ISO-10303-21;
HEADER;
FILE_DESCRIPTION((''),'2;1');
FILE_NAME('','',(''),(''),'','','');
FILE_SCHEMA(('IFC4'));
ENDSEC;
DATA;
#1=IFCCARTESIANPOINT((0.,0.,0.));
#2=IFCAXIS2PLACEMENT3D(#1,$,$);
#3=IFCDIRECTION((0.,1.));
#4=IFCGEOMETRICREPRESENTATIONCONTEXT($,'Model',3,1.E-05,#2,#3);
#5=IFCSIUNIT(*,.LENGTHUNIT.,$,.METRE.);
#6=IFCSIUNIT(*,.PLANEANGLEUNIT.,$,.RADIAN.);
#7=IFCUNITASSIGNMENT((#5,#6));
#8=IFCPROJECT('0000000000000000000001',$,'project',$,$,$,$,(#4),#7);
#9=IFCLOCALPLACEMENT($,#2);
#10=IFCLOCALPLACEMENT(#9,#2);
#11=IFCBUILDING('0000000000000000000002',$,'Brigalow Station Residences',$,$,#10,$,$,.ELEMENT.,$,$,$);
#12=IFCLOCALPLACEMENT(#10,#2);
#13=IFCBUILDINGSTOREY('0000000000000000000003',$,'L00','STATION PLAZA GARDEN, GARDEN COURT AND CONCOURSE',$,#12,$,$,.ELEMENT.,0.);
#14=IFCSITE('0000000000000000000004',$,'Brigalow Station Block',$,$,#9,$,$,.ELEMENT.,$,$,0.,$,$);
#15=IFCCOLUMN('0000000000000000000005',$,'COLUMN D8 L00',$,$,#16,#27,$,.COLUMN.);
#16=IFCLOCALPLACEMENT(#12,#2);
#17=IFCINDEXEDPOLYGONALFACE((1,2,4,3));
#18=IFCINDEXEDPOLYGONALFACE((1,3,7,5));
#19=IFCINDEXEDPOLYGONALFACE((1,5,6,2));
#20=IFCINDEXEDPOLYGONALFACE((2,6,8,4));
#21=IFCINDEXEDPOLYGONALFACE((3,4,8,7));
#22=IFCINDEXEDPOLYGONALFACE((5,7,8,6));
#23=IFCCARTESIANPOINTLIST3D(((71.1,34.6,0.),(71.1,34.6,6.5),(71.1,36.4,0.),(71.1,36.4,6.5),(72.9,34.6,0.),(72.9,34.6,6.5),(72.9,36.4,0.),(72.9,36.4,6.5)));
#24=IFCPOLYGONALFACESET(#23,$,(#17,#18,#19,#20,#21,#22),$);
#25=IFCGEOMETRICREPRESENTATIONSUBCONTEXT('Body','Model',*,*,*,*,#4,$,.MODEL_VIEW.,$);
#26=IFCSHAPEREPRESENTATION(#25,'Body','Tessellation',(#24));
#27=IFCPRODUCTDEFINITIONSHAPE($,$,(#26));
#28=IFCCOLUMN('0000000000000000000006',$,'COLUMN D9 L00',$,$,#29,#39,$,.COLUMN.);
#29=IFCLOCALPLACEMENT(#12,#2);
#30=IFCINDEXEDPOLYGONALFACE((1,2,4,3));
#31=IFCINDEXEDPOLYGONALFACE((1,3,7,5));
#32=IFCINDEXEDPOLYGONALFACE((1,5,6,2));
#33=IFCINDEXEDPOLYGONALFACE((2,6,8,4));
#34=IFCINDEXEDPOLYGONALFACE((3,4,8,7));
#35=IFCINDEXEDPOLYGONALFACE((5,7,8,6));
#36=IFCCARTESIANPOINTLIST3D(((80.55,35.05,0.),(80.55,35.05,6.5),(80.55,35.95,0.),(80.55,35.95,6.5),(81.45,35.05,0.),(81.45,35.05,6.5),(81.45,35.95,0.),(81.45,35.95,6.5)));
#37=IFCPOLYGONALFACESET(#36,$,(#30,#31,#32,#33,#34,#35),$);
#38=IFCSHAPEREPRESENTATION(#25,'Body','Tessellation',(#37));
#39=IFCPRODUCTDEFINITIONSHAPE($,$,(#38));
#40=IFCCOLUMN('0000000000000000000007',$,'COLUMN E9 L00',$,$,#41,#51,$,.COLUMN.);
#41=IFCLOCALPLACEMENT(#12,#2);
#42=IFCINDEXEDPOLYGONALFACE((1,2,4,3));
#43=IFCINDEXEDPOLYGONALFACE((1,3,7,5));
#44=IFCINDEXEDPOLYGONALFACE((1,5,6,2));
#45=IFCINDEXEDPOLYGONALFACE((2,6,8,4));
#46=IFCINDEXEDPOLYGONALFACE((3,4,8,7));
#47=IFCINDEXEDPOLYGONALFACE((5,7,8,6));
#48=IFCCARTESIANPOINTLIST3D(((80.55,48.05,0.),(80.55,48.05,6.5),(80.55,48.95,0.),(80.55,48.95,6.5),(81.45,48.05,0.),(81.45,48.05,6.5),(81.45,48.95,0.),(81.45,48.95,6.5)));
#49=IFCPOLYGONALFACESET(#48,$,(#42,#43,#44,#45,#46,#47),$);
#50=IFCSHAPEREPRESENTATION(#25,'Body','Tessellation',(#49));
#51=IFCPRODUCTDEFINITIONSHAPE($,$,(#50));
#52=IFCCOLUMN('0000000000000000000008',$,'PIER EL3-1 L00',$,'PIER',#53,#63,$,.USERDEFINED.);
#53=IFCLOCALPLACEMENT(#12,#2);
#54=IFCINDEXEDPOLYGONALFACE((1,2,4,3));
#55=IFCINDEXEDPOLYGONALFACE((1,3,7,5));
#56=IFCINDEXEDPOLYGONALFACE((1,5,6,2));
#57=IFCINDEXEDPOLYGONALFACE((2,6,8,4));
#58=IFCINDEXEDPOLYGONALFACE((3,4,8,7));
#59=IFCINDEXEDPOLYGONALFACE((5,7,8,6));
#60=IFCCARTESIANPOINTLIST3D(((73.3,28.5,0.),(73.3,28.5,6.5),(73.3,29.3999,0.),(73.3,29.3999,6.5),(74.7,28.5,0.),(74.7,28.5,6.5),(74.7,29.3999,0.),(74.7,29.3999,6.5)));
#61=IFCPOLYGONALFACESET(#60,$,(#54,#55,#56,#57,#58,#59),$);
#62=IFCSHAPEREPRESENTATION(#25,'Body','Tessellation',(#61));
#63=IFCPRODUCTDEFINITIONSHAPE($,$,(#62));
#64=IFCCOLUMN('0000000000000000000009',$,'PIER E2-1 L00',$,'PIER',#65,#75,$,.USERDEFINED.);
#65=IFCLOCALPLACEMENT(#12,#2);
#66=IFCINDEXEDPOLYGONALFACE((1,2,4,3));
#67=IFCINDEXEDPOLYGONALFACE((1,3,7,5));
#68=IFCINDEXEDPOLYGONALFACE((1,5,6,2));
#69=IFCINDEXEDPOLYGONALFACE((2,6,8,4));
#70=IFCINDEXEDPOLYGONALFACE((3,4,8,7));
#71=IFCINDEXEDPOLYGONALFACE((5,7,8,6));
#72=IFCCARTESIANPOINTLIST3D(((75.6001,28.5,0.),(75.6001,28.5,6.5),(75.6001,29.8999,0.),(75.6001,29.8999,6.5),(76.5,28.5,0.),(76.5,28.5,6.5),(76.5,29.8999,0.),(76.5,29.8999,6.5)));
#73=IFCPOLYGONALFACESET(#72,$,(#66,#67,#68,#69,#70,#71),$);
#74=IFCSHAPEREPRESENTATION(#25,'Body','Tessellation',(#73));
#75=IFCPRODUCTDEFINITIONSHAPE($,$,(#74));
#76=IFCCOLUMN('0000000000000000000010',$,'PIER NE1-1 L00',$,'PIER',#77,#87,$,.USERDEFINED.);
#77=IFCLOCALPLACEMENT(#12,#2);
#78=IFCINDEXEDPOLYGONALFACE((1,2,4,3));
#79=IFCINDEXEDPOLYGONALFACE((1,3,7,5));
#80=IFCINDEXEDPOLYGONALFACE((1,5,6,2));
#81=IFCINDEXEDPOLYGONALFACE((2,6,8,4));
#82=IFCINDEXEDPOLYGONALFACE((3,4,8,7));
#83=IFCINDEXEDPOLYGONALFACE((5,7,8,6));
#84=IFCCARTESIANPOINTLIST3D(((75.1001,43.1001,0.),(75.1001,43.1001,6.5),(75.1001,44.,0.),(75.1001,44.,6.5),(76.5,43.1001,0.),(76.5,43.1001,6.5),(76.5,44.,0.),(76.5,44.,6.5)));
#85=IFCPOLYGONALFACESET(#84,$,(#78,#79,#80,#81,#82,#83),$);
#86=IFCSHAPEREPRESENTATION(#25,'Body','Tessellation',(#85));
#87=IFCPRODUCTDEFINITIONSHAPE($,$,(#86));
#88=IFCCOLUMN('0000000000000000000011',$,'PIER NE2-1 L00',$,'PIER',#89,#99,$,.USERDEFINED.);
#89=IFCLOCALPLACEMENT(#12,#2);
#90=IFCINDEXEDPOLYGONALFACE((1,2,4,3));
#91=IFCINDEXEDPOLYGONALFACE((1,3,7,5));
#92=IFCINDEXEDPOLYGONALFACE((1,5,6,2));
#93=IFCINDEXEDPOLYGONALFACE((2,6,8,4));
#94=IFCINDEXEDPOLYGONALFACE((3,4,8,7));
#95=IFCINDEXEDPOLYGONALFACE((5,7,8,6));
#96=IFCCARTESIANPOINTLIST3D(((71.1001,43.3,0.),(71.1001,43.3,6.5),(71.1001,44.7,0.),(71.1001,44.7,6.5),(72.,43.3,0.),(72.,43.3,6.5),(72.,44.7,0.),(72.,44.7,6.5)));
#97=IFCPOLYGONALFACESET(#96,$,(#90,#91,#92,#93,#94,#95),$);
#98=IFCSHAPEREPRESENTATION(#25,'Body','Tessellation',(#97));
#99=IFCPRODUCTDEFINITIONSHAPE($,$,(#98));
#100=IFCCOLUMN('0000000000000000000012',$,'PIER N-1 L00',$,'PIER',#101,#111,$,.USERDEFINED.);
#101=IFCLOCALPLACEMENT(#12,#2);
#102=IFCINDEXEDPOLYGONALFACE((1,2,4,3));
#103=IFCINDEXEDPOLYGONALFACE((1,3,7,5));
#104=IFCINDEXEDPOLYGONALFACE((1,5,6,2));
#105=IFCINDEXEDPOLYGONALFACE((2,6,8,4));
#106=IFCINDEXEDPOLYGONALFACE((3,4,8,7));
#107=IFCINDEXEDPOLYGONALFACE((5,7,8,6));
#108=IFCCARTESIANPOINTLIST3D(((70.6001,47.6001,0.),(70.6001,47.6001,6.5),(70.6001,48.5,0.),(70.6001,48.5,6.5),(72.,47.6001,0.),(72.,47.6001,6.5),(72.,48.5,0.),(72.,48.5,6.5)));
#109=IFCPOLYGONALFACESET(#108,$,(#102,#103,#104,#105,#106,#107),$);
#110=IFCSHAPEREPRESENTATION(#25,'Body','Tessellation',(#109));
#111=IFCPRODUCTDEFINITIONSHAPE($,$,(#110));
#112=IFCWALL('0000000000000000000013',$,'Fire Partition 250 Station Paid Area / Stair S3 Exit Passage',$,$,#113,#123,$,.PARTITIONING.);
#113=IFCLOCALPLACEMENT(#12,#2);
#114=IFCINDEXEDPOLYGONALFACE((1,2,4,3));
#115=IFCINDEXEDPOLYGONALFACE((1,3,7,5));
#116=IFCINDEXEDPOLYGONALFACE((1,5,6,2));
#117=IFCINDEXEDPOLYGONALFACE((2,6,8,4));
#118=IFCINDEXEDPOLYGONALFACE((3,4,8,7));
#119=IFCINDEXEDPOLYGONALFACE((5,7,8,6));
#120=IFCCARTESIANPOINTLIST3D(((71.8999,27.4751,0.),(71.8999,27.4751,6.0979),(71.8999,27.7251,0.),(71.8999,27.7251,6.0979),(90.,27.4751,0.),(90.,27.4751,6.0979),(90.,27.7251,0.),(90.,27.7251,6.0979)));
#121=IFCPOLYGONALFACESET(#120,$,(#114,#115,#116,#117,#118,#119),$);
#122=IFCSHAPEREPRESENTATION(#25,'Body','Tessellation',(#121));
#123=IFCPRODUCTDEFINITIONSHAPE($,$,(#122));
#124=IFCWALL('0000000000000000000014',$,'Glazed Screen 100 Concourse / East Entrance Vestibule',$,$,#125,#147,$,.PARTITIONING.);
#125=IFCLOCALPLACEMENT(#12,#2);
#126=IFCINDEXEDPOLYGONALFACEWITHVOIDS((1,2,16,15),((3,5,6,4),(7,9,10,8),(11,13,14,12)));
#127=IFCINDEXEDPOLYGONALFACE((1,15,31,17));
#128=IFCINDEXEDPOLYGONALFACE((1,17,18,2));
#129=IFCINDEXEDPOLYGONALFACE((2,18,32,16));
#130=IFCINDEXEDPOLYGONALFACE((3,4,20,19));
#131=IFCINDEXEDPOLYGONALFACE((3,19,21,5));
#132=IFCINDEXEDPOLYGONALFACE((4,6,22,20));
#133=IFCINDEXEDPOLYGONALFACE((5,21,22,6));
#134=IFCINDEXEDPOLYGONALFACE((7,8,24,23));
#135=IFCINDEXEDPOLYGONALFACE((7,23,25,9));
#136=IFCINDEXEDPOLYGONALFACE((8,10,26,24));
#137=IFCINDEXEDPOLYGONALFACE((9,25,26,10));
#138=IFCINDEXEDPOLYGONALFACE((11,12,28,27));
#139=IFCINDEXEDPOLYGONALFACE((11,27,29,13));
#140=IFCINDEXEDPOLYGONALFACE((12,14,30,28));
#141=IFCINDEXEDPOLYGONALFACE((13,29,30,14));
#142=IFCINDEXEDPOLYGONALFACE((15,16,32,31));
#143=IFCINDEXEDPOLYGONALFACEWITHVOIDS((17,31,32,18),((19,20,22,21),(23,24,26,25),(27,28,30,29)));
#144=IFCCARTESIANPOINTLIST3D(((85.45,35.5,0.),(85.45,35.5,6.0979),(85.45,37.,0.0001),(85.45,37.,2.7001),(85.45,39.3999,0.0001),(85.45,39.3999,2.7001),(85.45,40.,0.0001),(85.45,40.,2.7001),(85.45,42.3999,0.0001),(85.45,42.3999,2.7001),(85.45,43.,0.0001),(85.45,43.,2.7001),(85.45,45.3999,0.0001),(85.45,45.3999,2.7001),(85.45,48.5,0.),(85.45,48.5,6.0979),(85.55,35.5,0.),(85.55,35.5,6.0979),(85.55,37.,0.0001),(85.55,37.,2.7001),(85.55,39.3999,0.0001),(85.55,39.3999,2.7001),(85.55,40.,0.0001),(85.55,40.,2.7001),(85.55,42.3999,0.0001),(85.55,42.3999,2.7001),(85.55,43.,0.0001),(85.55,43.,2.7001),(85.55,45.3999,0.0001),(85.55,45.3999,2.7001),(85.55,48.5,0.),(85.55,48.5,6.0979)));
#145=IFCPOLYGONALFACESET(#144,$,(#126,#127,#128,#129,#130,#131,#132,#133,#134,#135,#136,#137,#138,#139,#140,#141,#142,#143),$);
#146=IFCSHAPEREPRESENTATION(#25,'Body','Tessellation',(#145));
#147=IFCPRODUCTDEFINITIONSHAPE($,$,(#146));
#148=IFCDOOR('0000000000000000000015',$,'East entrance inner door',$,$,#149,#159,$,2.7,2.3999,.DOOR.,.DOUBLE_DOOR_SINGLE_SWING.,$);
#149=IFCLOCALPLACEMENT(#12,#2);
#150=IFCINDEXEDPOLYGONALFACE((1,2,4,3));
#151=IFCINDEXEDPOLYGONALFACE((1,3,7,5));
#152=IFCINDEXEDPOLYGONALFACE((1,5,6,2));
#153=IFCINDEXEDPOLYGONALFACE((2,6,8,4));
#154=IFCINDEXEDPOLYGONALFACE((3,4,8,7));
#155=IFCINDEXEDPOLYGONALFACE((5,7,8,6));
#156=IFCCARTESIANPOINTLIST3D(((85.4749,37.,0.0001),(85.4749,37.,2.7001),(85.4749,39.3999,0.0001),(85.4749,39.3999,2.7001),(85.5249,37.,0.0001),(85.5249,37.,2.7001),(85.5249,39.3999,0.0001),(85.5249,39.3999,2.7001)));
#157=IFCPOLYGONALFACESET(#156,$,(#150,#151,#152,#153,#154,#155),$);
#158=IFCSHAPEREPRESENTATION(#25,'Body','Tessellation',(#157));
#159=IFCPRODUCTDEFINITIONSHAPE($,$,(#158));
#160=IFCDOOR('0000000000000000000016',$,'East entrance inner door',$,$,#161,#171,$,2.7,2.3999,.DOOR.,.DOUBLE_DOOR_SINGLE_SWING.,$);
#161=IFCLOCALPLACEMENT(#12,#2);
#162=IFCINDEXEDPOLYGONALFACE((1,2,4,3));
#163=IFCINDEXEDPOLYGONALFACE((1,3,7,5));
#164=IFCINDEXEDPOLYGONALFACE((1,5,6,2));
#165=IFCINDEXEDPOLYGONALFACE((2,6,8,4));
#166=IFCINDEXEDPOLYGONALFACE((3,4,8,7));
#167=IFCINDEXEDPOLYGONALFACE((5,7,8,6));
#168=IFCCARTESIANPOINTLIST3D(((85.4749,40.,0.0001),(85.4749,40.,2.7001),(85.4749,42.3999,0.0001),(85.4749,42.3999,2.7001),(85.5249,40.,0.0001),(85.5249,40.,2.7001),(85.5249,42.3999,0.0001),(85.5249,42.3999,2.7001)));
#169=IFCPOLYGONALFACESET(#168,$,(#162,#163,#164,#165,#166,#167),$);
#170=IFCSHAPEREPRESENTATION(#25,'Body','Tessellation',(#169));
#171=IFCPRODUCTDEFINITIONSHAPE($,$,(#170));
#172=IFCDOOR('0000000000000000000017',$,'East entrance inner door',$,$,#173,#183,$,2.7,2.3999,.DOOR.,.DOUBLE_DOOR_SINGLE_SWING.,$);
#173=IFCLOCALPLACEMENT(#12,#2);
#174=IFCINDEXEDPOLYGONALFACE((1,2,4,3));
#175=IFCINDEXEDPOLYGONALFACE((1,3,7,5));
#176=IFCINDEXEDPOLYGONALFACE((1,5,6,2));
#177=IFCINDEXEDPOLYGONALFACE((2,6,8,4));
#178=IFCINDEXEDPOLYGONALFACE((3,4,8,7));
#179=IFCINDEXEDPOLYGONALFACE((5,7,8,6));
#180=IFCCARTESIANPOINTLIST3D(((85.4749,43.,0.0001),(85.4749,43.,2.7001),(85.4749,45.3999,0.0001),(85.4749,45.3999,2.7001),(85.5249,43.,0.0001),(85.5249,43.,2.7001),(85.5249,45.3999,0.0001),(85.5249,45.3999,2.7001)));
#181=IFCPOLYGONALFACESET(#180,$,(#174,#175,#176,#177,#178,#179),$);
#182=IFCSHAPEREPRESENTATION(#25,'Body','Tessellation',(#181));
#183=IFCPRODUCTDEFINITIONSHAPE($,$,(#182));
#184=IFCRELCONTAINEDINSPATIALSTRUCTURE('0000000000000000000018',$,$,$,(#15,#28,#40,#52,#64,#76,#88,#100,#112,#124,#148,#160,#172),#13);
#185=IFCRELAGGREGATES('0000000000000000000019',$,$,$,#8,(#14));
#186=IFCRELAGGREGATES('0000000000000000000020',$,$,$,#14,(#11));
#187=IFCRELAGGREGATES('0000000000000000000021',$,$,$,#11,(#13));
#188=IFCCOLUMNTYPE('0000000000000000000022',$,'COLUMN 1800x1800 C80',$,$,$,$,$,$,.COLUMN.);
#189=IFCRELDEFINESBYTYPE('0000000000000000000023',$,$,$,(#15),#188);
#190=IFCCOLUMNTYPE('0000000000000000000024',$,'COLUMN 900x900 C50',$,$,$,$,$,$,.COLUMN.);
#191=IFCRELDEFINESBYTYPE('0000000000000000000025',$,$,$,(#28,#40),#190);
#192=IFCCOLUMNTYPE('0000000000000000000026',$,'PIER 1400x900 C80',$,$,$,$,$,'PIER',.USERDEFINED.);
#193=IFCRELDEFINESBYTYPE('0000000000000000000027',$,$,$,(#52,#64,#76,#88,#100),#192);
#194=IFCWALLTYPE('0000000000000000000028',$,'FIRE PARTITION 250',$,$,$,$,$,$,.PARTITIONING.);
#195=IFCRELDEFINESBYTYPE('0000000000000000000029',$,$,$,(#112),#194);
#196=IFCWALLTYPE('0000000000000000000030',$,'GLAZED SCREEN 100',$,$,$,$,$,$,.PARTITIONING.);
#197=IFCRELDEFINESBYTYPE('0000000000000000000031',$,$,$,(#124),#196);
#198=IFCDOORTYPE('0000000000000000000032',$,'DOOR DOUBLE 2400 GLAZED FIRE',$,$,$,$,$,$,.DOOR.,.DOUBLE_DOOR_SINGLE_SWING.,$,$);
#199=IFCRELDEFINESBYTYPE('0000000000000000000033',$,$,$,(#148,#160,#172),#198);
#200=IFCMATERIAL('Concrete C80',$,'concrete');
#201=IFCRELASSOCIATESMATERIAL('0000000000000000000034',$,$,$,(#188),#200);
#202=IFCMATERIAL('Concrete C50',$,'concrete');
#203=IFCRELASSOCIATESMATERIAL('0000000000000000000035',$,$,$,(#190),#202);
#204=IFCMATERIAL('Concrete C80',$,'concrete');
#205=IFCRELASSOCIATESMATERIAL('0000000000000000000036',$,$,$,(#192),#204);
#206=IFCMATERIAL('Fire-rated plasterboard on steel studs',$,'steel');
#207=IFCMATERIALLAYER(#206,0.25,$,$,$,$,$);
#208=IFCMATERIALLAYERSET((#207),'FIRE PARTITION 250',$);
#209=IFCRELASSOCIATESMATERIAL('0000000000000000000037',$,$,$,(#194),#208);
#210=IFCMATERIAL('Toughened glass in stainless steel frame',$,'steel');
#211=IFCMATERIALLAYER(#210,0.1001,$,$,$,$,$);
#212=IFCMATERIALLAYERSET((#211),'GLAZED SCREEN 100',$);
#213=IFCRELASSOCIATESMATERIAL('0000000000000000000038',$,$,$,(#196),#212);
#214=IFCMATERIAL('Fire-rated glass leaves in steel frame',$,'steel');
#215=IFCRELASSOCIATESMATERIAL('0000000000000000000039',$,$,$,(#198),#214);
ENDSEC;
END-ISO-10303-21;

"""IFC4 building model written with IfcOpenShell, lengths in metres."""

from ifc_helpers import new_model, si_unit, direction, frame, frame_2d, origin, origin_2d, place, context, subcontext, project, spatial, rectangle, extrude, material, layer, layer_set, material_profile, profile_set, type_object, element, fill, save


model = new_model("IFC4")

# Units and contexts
model_context = context("Model", 3, precision=1e-05, world=origin(), true_north=direction((0.0, 1.0)))
body_context = subcontext(model_context, "Body", "Model", "MODEL_VIEW")
ifc_project = project(units=[si_unit("LENGTHUNIT", "METRE"), si_unit("PLANEANGLEUNIT", "RADIAN")], contexts=[model_context])

# Site, building, storey
site_placement = place(None, origin())
site = spatial("IfcSite", under=ifc_project, at=site_placement, Name="Brigalow Station Block", CompositionType="ELEMENT", RefElevation=0.0)
building_placement = place(site_placement, origin())
building = spatial("IfcBuilding", under=site, at=building_placement, Name="Brigalow Station Residences", CompositionType="ELEMENT")
storey_placement = place(building_placement, origin())
storey = spatial("IfcBuildingStorey", under=building, at=storey_placement, Name="L00", Description="STATION PLAZA GARDEN, GARDEN COURT AND CONCOURSE", CompositionType="ELEMENT", Elevation=0.0)

# Columns
ifc_material_1 = material(Name="Concrete C80", Category="concrete")
ifc_material_profile_1 = material_profile(ifc_material_1, rectangle(XDim=1.8, YDim=1.8, at=origin_2d()), Name="RC1800x1800")
ifc_profile_set_1 = profile_set([ifc_material_profile_1], Name="Concrete C80")
column_type_1 = type_object("IfcColumnType", Name="COLUMN 1800x1800 C80", PredefinedType="COLUMN", material=ifc_profile_set_1)
column_placement = place(storey_placement, frame((72.0, 35.5, 0.0), z_axis=(0.0, 0.0, 1.0), x_axis=(1.0, 0.0, 0.0)))
element("IfcColumn", 1, at=column_placement, inside=storey, type_object=column_type_1, Name="COLUMN D8 L00", PredefinedType="COLUMN", context=body_context, shape_type="SweptSolid", body=[
    extrude(rectangle(XDim=1.8, YDim=1.8, at=origin_2d()), origin(), (0.0, 0.0, 1.0), 6.5),
])
ifc_material_2 = material(Name="Concrete C50", Category="concrete")
ifc_material_profile_2 = material_profile(ifc_material_2, rectangle(XDim=0.8999, YDim=0.8999, at=origin_2d()), Name="RC900x900")
ifc_profile_set_2 = profile_set([ifc_material_profile_2], Name="Concrete C50")
column_type_2 = type_object("IfcColumnType", Name="COLUMN 900x900 C50", PredefinedType="COLUMN", material=ifc_profile_set_2)
for number, where, z_axis, x_axis, name in (
    (2, (81.0, 35.5, 0.0), (0.0, 0.0, 1.0), (1.0, 0.0, 0.0), "COLUMN D9 L00"),
    (3, (81.0, 48.5, 0.0), (0.0, 0.0, 1.0), (1.0, 0.0, 0.0), "COLUMN E9 L00"),
):
    element("IfcColumn", number, at=place(storey_placement, frame(where, z_axis=z_axis, x_axis=x_axis)), inside=storey, type_object=column_type_2, Name=name, PredefinedType="COLUMN", context=body_context, shape_type="SweptSolid", body=[
        extrude(rectangle(XDim=0.8999, YDim=0.8999, at=origin_2d()), origin(), (0.0, 0.0, 1.0), 6.5),
    ])
ifc_material_3 = material(Name="Concrete C80", Category="concrete")
ifc_material_profile_3 = material_profile(ifc_material_3, rectangle(XDim=1.3999, YDim=0.8999, at=origin_2d()), Name="RC1400x900")
ifc_profile_set_3 = profile_set([ifc_material_profile_3], Name="Concrete C80")
column_type_3 = type_object("IfcColumnType", Name="PIER 1400x900 C80", ElementType="PIER", PredefinedType="USERDEFINED", material=ifc_profile_set_3)
for number, where, z_axis, x_axis, name in (
    (4, (74.0, 28.95, 0.0), (0.0, 0.0, 1.0), (1.0, 0.0, 0.0), "PIER EL3-1 L00"),
    (5, (76.05, 29.2, 0.0), (0.0, 0.0, 1.0), (0.0, 1.0, 0.0), "PIER E2-1 L00"),
    (6, (75.8, 43.55, 0.0), (0.0, 0.0, 1.0), (-1.0, 0.0, 0.0), "PIER NE1-1 L00"),
    (7, (71.55, 44.0, 0.0), (0.0, 0.0, 1.0), (0.0, 1.0, 0.0), "PIER NE2-1 L00"),
    (8, (71.3, 48.05, 0.0), (0.0, 0.0, 1.0), (-1.0, 0.0, 0.0), "PIER N-1 L00"),
):
    element("IfcColumn", number, at=place(storey_placement, frame(where, z_axis=z_axis, x_axis=x_axis)), inside=storey, type_object=column_type_3, Name=name, ObjectType="PIER", PredefinedType="USERDEFINED", context=body_context, shape_type="SweptSolid", body=[
        extrude(rectangle(XDim=1.3999, YDim=0.8999, at=origin_2d()), origin(), (0.0, 0.0, 1.0), 6.5),
    ])

# Wall
ifc_material_4 = material(Name="Fire-rated plasterboard on steel studs", Category="steel")
ifc_layer_1 = layer(ifc_material_4, 0.25)
ifc_layer_set_1 = layer_set([ifc_layer_1], Name="FIRE PARTITION 250")
wall_type_1 = type_object("IfcWallType", Name="FIRE PARTITION 250", PredefinedType="PARTITIONING", material=ifc_layer_set_1)
wall_1_placement = place(storey_placement, frame((71.8999, 27.6001, 0.0), z_axis=(0.0, 0.0, 1.0), x_axis=(1.0, 0.0, 0.0)))
element("IfcWall", 9, at=wall_1_placement, inside=storey, type_object=wall_type_1, Name="Fire Partition 250 Station Paid Area / Stair S3 Exit Passage", PredefinedType="PARTITIONING", context=body_context, shape_type="SweptSolid", body=[
    extrude(rectangle(XDim=18.1001, YDim=0.25, at=frame_2d((9.05, 0.0))), origin(), (0.0, 0.0, 1.0), 6.0979),
])

# Wall, openings, doors
ifc_material_5 = material(Name="Toughened glass in stainless steel frame", Category="steel")
ifc_layer_2 = layer(ifc_material_5, 0.1001)
ifc_layer_set_2 = layer_set([ifc_layer_2], Name="GLAZED SCREEN 100")
wall_type_2 = type_object("IfcWallType", Name="GLAZED SCREEN 100", PredefinedType="PARTITIONING", material=ifc_layer_set_2)
wall_2_placement = place(storey_placement, frame((85.5, 35.5, 0.0), z_axis=(0.0, 0.0, 1.0), x_axis=(0.0, 1.0, 0.0)))
wall_2 = element("IfcWall", 10, at=wall_2_placement, inside=storey, type_object=wall_type_2, Name="Glazed Screen 100 Concourse / East Entrance Vestibule", PredefinedType="PARTITIONING", context=body_context, shape_type="SweptSolid", body=[
    extrude(rectangle(XDim=13.0, YDim=0.1001, at=frame_2d((6.5, 0.0))), origin(), (0.0, 0.0, 1.0), 6.0979),
])
opening_1_placement = place(wall_2_placement, frame((1.5, 0.0, 0.0)))
opening_1 = element("IfcOpeningElement", 11, at=opening_1_placement, cuts=wall_2, PredefinedType="OPENING", context=body_context, shape_type="SweptSolid", body=[
    extrude(rectangle(XDim=2.3999, YDim=2.7, at=frame_2d((1.2, 1.3501))), frame((0.0, 0.0601, 0.0), z_axis=(0.0, -1.0, 0.0), x_axis=(1.0, 0.0, 0.0)), (0.0, 0.0, 1.0), 0.1201),
])
opening_2_placement = place(wall_2_placement, frame((4.5, 0.0, 0.0)))
opening_2 = element("IfcOpeningElement", 12, at=opening_2_placement, cuts=wall_2, PredefinedType="OPENING", context=body_context, shape_type="SweptSolid", body=[
    extrude(rectangle(XDim=2.3999, YDim=2.7, at=frame_2d((1.2, 1.3501))), frame((0.0, 0.0601, 0.0), z_axis=(0.0, -1.0, 0.0), x_axis=(1.0, 0.0, 0.0)), (0.0, 0.0, 1.0), 0.1201),
])
opening_3_placement = place(wall_2_placement, frame((7.5, 0.0, 0.0)))
opening_3 = element("IfcOpeningElement", 13, at=opening_3_placement, cuts=wall_2, PredefinedType="OPENING", context=body_context, shape_type="SweptSolid", body=[
    extrude(rectangle(XDim=2.3999, YDim=2.7, at=frame_2d((1.2, 1.3501))), frame((0.0, 0.0601, 0.0), z_axis=(0.0, -1.0, 0.0), x_axis=(1.0, 0.0, 0.0)), (0.0, 0.0, 1.0), 0.1201),
])
ifc_material_6 = material(Name="Fire-rated glass leaves in steel frame", Category="steel")
door_type_1 = type_object("IfcDoorType", Name="DOOR DOUBLE 2400 GLAZED FIRE", OperationType="DOUBLE_DOOR_SINGLE_SWING", PredefinedType="DOOR", material=ifc_material_6)
door_1_placement = place(opening_1_placement, frame((2.3999, 0.0, 0.0), z_axis=(0.0, 0.0, 1.0), x_axis=(-1.0, 0.0, 0.0)))
door_1 = element("IfcDoor", 14, at=door_1_placement, inside=storey, type_object=door_type_1, Name="East entrance inner door", OperationType="DOUBLE_DOOR_SINGLE_SWING", OverallHeight=2.7, OverallWidth=2.3999, PredefinedType="DOOR", context=body_context, shape_type="SweptSolid", body=[
    extrude(rectangle(XDim=2.3999, YDim=2.7, at=frame_2d((1.2, 1.3501))), frame((0.0, 0.0249, 0.0), z_axis=(0.0, -1.0, 0.0), x_axis=(1.0, 0.0, 0.0)), (0.0, 0.0, 1.0), 0.05),
])
fill(opening_1, door_1)
door_2_placement = place(opening_2_placement, frame((2.3999, 0.0, 0.0), z_axis=(0.0, 0.0, 1.0), x_axis=(-1.0, 0.0, 0.0)))
door_2 = element("IfcDoor", 15, at=door_2_placement, inside=storey, type_object=door_type_1, Name="East entrance inner door", OperationType="DOUBLE_DOOR_SINGLE_SWING", OverallHeight=2.7, OverallWidth=2.3999, PredefinedType="DOOR", context=body_context, shape_type="SweptSolid", body=[
    extrude(rectangle(XDim=2.3999, YDim=2.7, at=frame_2d((1.2, 1.3501))), frame((0.0, 0.0249, 0.0), z_axis=(0.0, -1.0, 0.0), x_axis=(1.0, 0.0, 0.0)), (0.0, 0.0, 1.0), 0.05),
])
fill(opening_2, door_2)
door_3_placement = place(opening_3_placement, frame((2.3999, 0.0, 0.0), z_axis=(0.0, 0.0, 1.0), x_axis=(-1.0, 0.0, 0.0)))
door_3 = element("IfcDoor", 16, at=door_3_placement, inside=storey, type_object=door_type_1, Name="East entrance inner door", OperationType="DOUBLE_DOOR_SINGLE_SWING", OverallHeight=2.7, OverallWidth=2.3999, PredefinedType="DOOR", context=body_context, shape_type="SweptSolid", body=[
    extrude(rectangle(XDim=2.3999, YDim=2.7, at=frame_2d((1.2, 1.3501))), frame((0.0, 0.0249, 0.0), z_axis=(0.0, -1.0, 0.0), x_axis=(1.0, 0.0, 0.0)), (0.0, 0.0, 1.0), 0.05),
])
fill(opening_3, door_3)

save(model, "model.ifc")
